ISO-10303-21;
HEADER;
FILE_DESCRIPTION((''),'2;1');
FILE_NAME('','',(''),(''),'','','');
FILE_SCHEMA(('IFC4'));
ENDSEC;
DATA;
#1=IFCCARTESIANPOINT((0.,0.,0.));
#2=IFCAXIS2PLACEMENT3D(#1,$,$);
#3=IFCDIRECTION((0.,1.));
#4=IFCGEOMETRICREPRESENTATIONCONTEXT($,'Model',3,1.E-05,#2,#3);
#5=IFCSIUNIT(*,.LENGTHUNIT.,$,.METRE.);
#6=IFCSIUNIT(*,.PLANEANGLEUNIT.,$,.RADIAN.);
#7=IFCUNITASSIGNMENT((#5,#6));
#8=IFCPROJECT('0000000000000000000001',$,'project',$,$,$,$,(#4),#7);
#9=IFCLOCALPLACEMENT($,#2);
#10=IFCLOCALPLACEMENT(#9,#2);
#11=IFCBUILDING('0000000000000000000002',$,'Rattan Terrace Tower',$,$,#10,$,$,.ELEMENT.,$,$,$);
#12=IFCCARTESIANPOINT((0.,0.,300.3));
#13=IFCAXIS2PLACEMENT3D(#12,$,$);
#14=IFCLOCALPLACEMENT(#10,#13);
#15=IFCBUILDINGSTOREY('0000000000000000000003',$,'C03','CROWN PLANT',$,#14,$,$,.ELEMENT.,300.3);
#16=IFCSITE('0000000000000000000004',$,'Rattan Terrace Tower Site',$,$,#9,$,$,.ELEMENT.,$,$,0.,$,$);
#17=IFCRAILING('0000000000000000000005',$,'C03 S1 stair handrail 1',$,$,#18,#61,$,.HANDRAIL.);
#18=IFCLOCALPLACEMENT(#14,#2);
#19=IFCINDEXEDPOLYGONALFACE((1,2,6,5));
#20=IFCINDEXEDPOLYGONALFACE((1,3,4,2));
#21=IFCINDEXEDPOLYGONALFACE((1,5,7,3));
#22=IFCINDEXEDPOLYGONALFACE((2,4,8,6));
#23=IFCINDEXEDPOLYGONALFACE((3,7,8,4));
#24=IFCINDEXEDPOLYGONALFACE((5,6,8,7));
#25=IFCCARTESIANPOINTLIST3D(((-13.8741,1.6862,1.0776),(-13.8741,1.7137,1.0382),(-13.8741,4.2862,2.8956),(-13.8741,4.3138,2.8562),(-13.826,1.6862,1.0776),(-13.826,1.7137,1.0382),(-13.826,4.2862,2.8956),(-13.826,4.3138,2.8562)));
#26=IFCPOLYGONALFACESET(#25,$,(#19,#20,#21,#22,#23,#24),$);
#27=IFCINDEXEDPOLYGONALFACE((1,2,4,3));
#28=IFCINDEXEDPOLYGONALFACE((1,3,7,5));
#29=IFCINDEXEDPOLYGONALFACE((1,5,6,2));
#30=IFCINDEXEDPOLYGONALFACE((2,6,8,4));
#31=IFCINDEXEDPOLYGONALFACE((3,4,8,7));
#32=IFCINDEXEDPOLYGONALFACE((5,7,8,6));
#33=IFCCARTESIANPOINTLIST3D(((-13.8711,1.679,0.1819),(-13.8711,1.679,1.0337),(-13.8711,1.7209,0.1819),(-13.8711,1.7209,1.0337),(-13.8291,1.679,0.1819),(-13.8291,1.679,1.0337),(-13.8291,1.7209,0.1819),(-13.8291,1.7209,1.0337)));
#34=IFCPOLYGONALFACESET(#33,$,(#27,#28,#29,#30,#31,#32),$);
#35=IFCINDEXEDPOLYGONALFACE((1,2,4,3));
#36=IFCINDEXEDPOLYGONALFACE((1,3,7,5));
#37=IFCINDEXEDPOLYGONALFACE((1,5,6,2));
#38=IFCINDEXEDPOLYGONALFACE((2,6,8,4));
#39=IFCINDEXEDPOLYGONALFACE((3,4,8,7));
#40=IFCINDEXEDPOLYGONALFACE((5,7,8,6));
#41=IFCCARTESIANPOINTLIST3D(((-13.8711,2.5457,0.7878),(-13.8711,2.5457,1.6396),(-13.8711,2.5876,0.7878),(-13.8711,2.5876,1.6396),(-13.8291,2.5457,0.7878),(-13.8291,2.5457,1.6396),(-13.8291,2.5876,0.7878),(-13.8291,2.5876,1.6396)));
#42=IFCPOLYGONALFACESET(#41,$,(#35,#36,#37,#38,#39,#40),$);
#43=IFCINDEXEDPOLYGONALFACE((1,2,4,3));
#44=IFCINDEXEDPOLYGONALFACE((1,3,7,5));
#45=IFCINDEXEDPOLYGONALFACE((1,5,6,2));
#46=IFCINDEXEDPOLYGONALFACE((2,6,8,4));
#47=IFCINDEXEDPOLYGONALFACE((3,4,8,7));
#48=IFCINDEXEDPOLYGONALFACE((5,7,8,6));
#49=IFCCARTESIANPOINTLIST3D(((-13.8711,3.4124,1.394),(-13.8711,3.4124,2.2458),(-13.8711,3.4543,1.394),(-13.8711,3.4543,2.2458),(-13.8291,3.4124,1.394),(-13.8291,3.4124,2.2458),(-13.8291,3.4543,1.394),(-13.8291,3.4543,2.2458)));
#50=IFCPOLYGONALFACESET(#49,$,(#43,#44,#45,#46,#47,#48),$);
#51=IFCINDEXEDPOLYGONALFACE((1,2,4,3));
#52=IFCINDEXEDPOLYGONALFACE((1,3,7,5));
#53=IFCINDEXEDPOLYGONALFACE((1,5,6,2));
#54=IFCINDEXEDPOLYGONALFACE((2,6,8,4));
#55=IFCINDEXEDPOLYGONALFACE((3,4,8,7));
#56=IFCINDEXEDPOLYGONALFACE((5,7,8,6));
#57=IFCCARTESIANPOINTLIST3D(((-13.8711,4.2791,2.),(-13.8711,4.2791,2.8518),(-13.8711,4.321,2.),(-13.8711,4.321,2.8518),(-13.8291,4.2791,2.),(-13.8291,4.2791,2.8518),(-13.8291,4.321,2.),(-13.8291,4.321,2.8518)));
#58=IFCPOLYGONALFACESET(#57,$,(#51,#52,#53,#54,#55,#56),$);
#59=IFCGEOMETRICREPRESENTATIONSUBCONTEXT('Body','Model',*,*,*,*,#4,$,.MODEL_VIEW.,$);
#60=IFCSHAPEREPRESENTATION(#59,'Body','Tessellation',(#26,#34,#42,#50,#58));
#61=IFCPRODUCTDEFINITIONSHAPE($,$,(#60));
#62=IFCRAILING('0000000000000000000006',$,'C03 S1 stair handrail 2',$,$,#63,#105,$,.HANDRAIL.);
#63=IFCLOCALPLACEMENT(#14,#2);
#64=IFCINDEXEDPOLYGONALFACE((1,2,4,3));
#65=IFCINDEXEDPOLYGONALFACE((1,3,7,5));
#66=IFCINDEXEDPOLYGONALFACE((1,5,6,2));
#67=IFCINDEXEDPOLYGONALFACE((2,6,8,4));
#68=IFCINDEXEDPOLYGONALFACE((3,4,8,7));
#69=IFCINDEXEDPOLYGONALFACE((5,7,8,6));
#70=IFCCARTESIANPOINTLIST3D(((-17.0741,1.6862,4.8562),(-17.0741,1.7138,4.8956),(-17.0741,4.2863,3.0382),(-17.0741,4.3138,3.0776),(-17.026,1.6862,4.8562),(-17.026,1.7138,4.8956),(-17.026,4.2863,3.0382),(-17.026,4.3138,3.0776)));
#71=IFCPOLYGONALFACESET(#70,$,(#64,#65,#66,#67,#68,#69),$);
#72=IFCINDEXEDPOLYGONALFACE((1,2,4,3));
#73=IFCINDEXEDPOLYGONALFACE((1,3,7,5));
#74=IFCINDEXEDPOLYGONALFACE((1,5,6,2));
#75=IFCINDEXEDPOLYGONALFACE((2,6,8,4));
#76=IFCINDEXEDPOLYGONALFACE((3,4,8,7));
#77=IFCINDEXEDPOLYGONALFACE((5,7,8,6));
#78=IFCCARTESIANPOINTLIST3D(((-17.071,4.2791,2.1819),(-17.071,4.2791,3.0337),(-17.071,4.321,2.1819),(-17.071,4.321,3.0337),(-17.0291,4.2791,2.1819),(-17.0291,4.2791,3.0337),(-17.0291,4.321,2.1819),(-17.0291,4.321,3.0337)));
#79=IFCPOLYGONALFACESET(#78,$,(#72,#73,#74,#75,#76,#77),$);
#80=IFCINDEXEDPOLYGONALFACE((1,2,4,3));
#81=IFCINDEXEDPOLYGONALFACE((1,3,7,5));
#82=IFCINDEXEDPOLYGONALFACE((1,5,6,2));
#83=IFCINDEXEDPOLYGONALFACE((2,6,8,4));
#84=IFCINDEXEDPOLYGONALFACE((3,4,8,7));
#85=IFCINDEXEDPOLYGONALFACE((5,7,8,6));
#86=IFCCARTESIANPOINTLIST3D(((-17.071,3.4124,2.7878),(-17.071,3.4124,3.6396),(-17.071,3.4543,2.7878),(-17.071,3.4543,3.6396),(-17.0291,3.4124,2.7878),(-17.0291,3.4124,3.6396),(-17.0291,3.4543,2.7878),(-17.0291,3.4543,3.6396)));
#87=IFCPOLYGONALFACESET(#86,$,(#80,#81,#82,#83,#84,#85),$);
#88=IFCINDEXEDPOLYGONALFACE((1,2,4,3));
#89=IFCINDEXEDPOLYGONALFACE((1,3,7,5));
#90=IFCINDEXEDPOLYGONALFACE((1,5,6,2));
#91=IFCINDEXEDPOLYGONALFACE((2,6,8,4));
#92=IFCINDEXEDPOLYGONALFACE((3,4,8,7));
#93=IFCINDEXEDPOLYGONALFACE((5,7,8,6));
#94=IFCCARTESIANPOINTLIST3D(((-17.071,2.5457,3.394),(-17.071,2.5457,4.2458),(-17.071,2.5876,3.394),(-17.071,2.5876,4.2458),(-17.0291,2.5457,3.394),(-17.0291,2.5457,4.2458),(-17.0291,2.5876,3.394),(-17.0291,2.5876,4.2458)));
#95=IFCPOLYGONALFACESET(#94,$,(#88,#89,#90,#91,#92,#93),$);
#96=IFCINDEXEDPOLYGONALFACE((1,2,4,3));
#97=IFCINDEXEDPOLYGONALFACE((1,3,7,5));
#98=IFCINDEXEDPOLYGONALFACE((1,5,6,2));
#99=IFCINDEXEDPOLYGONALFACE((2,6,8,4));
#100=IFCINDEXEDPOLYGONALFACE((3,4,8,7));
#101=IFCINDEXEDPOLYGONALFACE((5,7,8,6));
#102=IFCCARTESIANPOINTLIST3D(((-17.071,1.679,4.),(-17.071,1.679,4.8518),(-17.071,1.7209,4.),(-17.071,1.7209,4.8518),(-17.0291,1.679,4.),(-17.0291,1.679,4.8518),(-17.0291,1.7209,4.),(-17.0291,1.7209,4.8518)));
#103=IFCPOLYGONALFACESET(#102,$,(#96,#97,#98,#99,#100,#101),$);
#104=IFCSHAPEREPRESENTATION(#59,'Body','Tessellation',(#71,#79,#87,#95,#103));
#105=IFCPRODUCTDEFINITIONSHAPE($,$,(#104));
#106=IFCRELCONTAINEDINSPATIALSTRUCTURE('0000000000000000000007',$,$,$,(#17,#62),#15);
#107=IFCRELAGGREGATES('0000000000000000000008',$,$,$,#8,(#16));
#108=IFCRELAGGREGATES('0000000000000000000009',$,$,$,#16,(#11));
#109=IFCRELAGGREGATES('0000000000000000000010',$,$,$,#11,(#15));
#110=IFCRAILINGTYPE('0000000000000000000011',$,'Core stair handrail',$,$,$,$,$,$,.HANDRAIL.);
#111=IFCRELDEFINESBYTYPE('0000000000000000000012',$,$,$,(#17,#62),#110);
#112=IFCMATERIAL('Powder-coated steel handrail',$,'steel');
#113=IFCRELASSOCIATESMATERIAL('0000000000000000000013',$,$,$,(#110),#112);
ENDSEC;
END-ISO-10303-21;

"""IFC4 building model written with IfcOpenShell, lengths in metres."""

from ifc_helpers import new_model, si_unit, direction, frame, origin, origin_2d, place, context, subcontext, project, spatial, rectangle, extrude, material, type_object, element, save


model = new_model("IFC4")

# Units and contexts
model_context = context("Model", 3, precision=1e-05, world=origin(), true_north=direction((0.0, 1.0)))
body_context = subcontext(model_context, "Body", "Model", "MODEL_VIEW")
ifc_project = project(units=[si_unit("LENGTHUNIT", "METRE"), si_unit("PLANEANGLEUNIT", "RADIAN")], contexts=[model_context])

# Site, building, storey
site_placement = place(None, origin())
site = spatial("IfcSite", under=ifc_project, at=site_placement, Name="Rattan Terrace Tower Site", CompositionType="ELEMENT", RefElevation=0.0)
building_placement = place(site_placement, origin())
building = spatial("IfcBuilding", under=site, at=building_placement, Name="Rattan Terrace Tower", CompositionType="ELEMENT")
storey_placement = place(building_placement, frame((0.0, 0.0, 300.3)))
storey = spatial("IfcBuildingStorey", under=building, at=storey_placement, Name="C03", Description="CROWN PLANT", CompositionType="ELEMENT", Elevation=300.3)

# Railings
ifc_material_1 = material(Name="Powder-coated steel handrail", Category="steel")
railing_type_1 = type_object("IfcRailingType", Name="Core stair handrail", PredefinedType="HANDRAIL", material=ifc_material_1)
railing_1_placement = place(storey_placement, frame((-13.8501, 1.7, 0.1819)))
element("IfcRailing", 1, at=railing_1_placement, inside=storey, type_object=railing_type_1, Name="C03 S1 stair handrail 1", PredefinedType="HANDRAIL", context=body_context, shape_type="SweptSolid", body=[
    extrude(rectangle(XDim=0.0481, YDim=0.0481, at=origin_2d()), frame((0.0, 0.0, 0.876), z_axis=(0.0, 0.819521, 0.573049), x_axis=(-1.0, 0.0, 0.0)), (0.0, 0.0, 1.0), 3.1726),
    extrude(rectangle(XDim=0.042, YDim=0.042, at=origin_2d()), origin(), (0.0, 0.0, 1.0), 0.8518),
    extrude(rectangle(XDim=0.042, YDim=0.042, at=origin_2d()), frame((0.0, 0.8667, 0.606)), (0.0, 0.0, 1.0), 0.8518),
    extrude(rectangle(XDim=0.042, YDim=0.042, at=origin_2d()), frame((0.0, 1.7334, 1.2122)), (0.0, 0.0, 1.0), 0.8518),
    extrude(rectangle(XDim=0.042, YDim=0.042, at=origin_2d()), frame((0.0, 2.6001, 1.8181)), (0.0, 0.0, 1.0), 0.8518),
])
railing_2_placement = place(storey_placement, frame((-17.05, 4.3, 2.1819)))
element("IfcRailing", 2, at=railing_2_placement, inside=storey, type_object=railing_type_1, Name="C03 S1 stair handrail 2", PredefinedType="HANDRAIL", context=body_context, shape_type="SweptSolid", body=[
    extrude(rectangle(XDim=0.0481, YDim=0.0481, at=origin_2d()), frame((0.0, 0.0, 0.876), z_axis=(0.0, -0.819521, 0.573049), x_axis=(1.0, 0.0, 0.0)), (0.0, 0.0, 1.0), 3.1726),
    extrude(rectangle(XDim=0.042, YDim=0.042, at=origin_2d()), origin(), (0.0, 0.0, 1.0), 0.8518),
    extrude(rectangle(XDim=0.042, YDim=0.042, at=origin_2d()), frame((0.0, -0.8667, 0.606)), (0.0, 0.0, 1.0), 0.8518),
    extrude(rectangle(XDim=0.042, YDim=0.042, at=origin_2d()), frame((0.0, -1.7334, 1.2122)), (0.0, 0.0, 1.0), 0.8518),
    extrude(rectangle(XDim=0.042, YDim=0.042, at=origin_2d()), frame((0.0, -2.6001, 1.8181)), (0.0, 0.0, 1.0), 0.8518),
])

save(model, "model.ifc")
